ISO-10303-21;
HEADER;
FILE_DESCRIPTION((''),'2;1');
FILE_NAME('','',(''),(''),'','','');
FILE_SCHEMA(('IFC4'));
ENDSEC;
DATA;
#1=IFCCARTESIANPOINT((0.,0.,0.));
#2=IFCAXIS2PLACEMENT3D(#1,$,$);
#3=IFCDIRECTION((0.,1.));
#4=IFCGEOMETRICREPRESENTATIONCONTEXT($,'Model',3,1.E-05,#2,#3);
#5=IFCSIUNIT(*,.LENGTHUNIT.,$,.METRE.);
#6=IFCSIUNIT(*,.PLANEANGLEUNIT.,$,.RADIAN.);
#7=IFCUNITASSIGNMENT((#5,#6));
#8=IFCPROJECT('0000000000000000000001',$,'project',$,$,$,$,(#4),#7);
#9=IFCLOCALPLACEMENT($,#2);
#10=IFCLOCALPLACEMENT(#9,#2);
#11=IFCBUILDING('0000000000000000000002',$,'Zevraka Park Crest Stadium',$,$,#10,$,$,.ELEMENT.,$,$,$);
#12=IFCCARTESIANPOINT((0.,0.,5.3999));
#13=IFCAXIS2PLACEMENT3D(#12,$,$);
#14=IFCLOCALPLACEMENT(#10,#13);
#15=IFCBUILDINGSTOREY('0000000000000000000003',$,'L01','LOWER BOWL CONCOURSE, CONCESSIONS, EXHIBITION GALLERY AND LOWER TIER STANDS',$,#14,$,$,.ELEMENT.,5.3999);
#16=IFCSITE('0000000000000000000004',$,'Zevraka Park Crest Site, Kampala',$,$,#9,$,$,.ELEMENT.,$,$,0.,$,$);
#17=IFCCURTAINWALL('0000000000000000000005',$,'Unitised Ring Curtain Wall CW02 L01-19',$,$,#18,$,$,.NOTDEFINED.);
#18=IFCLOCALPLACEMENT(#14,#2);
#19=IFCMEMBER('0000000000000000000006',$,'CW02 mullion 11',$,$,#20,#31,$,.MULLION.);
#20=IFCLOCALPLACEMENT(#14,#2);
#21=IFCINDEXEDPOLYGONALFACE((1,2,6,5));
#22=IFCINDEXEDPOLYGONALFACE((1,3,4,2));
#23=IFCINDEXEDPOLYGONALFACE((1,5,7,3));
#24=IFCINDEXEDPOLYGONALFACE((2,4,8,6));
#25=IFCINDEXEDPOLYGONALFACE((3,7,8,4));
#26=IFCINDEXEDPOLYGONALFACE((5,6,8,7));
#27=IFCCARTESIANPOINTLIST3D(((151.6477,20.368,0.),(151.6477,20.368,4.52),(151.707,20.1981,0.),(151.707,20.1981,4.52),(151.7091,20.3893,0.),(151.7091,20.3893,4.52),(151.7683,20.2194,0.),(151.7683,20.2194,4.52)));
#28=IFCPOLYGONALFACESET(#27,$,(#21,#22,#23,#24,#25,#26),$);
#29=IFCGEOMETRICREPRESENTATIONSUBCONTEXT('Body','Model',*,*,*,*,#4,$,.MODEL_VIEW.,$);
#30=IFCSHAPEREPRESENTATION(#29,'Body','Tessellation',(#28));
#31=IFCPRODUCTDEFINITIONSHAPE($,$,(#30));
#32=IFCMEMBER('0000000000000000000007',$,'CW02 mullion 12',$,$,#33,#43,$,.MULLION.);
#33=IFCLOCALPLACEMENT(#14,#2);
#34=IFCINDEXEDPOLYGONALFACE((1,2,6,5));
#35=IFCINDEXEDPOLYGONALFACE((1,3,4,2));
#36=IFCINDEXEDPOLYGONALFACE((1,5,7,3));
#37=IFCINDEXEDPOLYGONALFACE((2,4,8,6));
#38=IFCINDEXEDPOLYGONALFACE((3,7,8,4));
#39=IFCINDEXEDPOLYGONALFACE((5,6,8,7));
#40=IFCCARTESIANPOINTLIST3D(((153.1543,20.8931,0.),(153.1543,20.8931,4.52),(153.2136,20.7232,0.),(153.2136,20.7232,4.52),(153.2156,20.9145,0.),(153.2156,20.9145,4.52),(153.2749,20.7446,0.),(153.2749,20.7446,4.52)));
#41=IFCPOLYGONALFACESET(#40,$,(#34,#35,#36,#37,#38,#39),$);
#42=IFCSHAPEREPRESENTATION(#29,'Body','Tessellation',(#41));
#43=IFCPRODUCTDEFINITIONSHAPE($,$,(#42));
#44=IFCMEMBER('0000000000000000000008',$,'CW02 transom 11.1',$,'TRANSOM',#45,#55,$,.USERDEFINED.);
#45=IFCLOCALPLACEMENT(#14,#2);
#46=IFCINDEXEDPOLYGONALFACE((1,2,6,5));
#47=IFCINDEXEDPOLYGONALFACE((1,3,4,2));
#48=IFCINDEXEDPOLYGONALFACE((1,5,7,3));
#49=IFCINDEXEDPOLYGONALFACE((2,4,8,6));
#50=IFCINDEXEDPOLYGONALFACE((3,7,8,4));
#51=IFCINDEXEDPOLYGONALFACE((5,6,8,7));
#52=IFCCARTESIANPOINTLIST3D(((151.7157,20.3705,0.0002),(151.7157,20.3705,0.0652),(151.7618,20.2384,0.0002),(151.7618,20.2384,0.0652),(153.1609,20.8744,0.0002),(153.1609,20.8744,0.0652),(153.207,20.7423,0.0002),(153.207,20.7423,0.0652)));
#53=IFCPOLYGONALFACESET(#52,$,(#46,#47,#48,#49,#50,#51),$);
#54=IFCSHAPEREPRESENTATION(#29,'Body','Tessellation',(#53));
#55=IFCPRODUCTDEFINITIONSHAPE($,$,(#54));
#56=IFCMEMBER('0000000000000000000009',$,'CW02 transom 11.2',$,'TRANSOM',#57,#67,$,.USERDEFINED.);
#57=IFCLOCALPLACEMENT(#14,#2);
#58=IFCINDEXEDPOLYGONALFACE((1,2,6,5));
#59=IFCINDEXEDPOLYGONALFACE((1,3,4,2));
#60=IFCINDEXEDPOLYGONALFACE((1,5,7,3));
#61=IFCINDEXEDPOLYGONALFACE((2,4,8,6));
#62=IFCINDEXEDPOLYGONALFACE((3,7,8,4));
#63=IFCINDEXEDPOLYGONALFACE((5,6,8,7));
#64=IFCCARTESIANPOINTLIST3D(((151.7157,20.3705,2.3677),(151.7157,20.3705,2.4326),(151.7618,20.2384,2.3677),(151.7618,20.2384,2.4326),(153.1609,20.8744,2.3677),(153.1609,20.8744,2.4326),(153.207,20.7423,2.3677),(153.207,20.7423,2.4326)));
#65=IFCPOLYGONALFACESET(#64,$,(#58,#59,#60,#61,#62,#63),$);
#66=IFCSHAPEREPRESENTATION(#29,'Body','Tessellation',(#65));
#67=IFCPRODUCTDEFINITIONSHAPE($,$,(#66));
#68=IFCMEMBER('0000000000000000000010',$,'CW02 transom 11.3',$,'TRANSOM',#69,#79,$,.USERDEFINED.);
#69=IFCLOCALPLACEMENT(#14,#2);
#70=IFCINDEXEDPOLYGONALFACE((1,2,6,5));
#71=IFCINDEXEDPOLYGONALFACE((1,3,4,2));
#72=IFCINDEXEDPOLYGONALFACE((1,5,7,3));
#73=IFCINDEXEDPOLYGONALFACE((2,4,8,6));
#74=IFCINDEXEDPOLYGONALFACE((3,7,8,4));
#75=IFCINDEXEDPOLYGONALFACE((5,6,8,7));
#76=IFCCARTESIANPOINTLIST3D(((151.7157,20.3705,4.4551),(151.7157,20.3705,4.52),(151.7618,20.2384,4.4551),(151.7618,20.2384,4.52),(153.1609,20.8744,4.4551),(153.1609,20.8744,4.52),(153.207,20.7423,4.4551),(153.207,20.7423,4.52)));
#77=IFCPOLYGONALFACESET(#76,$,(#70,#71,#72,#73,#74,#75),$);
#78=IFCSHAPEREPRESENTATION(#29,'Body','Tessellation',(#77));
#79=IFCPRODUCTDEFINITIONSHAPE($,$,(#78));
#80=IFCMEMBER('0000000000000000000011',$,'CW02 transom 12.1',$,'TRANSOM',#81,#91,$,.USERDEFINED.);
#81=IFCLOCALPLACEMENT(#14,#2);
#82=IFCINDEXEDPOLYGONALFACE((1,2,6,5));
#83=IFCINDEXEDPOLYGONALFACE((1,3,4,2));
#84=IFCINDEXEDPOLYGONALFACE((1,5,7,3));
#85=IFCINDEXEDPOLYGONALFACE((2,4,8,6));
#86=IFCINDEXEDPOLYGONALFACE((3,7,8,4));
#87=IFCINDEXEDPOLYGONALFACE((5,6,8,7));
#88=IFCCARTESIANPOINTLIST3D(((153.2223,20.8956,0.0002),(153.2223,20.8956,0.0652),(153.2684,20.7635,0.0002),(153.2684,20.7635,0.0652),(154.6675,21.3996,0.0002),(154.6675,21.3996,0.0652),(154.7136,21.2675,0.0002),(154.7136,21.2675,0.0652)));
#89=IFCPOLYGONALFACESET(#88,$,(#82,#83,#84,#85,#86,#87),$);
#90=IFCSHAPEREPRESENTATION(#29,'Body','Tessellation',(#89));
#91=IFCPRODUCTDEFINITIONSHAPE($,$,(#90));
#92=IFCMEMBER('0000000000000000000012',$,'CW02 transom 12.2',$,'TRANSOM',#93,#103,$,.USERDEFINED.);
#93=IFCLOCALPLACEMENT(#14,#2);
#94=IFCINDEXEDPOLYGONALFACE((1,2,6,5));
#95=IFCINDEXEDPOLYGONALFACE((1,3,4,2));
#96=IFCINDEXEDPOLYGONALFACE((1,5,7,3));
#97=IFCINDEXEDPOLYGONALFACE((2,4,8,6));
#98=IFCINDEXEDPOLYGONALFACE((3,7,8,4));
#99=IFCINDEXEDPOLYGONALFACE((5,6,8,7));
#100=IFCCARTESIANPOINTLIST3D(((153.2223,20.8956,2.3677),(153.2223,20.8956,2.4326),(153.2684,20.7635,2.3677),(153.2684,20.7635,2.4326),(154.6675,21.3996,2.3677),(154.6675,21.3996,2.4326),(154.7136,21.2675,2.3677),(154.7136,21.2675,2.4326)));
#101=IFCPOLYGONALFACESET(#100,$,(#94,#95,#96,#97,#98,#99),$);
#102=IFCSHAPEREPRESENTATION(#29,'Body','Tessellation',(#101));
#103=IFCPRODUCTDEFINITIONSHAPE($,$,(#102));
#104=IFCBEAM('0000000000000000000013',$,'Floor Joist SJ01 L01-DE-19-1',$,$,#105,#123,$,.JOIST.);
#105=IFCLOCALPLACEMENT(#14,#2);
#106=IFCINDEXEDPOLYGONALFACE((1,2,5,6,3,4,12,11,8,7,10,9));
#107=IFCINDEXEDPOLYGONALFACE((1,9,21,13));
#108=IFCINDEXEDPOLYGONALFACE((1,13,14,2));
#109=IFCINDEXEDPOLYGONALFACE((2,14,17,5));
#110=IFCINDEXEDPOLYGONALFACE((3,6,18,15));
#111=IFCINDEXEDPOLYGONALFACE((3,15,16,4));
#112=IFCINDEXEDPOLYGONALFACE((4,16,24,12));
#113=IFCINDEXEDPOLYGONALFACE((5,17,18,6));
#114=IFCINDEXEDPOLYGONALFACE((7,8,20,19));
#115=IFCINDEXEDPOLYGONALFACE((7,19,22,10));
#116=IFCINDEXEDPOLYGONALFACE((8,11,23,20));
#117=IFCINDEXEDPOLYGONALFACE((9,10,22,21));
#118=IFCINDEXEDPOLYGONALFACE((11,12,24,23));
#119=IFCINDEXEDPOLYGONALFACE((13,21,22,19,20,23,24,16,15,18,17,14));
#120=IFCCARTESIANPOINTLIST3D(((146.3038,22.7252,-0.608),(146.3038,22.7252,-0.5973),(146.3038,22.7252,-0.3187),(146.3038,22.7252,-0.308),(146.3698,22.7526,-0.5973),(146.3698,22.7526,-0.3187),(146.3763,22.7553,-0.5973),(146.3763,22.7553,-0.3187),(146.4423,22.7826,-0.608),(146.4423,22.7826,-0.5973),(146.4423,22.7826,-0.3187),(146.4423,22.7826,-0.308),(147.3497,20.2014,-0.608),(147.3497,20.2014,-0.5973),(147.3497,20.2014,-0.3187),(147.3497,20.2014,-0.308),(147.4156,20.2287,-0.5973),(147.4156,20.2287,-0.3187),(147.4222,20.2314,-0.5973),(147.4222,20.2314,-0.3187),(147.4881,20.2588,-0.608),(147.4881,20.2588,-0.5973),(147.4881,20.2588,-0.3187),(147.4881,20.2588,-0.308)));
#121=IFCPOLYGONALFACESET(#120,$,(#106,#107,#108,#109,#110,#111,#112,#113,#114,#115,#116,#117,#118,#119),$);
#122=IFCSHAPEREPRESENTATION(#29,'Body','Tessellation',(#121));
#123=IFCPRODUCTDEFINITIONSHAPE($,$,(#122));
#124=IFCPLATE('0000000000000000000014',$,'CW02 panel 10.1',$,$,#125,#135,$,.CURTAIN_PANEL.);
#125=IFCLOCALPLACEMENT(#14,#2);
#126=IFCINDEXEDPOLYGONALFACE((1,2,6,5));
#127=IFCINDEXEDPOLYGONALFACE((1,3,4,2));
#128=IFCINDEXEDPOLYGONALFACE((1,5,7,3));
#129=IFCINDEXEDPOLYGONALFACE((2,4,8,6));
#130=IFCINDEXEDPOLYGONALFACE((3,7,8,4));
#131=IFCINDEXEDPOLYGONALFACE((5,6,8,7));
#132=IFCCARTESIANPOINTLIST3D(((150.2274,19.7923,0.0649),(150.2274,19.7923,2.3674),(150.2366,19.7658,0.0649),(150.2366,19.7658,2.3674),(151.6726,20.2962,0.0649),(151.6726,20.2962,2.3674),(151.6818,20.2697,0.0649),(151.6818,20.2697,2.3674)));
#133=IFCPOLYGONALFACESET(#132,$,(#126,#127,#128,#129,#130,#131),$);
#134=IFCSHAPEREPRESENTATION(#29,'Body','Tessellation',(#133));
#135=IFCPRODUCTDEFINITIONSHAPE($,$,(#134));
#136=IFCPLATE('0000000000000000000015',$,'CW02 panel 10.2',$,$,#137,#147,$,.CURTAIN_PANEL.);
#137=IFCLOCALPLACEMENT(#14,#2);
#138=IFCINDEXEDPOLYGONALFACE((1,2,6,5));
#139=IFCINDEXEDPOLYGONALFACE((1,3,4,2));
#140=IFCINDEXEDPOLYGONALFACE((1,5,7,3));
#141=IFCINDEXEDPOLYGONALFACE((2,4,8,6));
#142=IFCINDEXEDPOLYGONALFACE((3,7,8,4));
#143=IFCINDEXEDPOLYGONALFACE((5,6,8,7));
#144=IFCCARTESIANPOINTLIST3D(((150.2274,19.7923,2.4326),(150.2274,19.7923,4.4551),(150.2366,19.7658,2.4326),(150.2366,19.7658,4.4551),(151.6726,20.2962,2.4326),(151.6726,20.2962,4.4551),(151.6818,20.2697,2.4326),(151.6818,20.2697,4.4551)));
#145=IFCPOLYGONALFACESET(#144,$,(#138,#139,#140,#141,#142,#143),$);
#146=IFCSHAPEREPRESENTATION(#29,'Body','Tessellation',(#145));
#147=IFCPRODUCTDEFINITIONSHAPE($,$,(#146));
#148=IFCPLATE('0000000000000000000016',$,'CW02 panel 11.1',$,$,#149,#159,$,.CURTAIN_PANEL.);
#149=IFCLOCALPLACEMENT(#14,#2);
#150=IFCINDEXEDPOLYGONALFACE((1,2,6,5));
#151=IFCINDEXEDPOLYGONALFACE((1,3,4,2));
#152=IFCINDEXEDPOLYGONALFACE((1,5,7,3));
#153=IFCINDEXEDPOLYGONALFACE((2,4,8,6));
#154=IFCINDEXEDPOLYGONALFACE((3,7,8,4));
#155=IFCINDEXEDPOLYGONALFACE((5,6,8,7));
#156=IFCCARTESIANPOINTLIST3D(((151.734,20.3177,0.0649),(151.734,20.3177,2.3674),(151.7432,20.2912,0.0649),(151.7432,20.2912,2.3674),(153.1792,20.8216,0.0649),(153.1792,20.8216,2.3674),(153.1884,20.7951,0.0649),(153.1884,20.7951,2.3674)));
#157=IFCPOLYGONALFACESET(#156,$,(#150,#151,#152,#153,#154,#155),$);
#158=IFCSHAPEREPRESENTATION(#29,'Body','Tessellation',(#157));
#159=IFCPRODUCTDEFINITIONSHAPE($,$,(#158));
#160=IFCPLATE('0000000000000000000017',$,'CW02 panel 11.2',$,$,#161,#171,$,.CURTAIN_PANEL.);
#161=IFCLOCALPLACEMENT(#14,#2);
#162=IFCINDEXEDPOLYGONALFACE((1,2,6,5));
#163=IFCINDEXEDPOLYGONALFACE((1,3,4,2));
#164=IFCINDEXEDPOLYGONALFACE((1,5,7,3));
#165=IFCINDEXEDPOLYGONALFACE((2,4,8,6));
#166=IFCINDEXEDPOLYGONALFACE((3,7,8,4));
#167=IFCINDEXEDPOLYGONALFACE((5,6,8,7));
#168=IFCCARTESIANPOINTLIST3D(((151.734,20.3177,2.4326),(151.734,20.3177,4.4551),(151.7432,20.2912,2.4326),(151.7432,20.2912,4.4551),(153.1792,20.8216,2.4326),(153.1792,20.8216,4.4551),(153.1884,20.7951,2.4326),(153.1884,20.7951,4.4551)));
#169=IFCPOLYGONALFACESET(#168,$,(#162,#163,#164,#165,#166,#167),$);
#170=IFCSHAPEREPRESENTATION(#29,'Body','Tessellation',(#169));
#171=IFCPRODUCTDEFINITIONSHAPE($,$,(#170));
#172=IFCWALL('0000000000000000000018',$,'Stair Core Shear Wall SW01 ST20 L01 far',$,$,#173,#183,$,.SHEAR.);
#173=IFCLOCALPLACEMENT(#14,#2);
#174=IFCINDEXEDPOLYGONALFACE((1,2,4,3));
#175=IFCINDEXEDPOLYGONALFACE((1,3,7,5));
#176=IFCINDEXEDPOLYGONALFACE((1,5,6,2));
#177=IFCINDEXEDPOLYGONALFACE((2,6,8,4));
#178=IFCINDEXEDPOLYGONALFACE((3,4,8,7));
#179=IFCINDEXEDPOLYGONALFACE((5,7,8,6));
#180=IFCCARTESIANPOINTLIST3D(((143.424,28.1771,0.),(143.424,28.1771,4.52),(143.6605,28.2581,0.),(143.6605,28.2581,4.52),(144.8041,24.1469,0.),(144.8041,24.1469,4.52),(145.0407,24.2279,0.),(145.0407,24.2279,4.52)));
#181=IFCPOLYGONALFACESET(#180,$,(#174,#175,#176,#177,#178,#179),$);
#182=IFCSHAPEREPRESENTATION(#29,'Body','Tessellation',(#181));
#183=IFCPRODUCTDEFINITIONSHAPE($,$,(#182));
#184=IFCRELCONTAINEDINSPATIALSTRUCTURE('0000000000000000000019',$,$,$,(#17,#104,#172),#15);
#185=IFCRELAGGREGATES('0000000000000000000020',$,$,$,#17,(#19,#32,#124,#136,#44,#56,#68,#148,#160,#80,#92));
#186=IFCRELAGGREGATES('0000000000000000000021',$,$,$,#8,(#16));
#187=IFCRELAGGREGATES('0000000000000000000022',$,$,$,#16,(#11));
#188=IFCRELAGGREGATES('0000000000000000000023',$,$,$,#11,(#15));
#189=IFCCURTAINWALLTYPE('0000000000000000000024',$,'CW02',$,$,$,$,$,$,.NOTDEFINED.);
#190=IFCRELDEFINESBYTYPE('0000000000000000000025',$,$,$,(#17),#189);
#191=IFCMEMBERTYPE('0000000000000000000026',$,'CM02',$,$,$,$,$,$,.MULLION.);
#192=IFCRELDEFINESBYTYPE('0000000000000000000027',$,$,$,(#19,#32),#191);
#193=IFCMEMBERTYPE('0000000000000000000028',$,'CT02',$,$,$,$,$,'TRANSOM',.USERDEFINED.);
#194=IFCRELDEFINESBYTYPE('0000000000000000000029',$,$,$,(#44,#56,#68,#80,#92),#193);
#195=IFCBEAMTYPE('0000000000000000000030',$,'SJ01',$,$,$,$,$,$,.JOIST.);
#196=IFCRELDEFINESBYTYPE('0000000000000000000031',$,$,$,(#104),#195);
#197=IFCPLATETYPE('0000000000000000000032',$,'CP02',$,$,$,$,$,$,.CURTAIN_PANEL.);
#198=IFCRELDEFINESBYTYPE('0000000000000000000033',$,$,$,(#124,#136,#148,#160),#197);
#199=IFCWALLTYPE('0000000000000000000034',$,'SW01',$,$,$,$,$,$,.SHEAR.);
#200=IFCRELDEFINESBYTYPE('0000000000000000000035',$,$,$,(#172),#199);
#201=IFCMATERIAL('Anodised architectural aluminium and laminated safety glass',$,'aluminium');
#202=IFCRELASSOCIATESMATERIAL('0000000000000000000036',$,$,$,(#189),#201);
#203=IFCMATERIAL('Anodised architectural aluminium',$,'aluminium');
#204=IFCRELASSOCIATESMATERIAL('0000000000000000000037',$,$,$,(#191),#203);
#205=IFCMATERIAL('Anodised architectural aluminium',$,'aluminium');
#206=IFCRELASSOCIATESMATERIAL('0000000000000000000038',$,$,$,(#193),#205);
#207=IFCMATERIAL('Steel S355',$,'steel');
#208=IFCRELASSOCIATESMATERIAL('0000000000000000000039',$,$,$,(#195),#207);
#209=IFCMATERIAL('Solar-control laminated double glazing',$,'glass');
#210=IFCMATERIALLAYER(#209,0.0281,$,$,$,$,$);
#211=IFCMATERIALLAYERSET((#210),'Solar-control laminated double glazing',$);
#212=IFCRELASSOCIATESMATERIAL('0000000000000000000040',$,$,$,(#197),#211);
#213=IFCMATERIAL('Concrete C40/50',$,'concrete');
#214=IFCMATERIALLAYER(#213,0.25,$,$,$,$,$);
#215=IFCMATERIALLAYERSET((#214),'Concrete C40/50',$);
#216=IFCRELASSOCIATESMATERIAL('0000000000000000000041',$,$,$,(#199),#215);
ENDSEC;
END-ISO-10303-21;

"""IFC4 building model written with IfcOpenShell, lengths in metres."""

from ifc_helpers import new_model, si_unit, direction, frame, frame_2d, origin, origin_2d, place, context, subcontext, project, spatial, rectangle, i_section, extrude, material, layer, layer_set, material_profile, profile_set, type_object, element, aggregate, save


model = new_model("IFC4")

# Units and contexts
model_context = context("Model", 3, precision=1e-05, world=origin(), true_north=direction((0.0, 1.0)))
body_context = subcontext(model_context, "Body", "Model", "MODEL_VIEW")
ifc_project = project(units=[si_unit("LENGTHUNIT", "METRE"), si_unit("PLANEANGLEUNIT", "RADIAN")], contexts=[model_context])

# Site, building, storey
site_placement = place(None, origin())
site = spatial("IfcSite", under=ifc_project, at=site_placement, Name="Zevraka Park Crest Site, Kampala", CompositionType="ELEMENT", RefElevation=0.0)
building_placement = place(site_placement, origin())
building = spatial("IfcBuilding", under=site, at=building_placement, Name="Zevraka Park Crest Stadium", CompositionType="ELEMENT")
storey_placement = place(building_placement, frame((0.0, 0.0, 5.3999)))
storey = spatial("IfcBuildingStorey", under=building, at=storey_placement, Name="L01", Description="LOWER BOWL CONCOURSE, CONCESSIONS, EXHIBITION GALLERY AND LOWER TIER STANDS", CompositionType="ELEMENT", Elevation=5.3999)

# Curtain wall, members
ifc_material_1 = material(Name="Anodised architectural aluminium and laminated safety glass", Category="aluminium")
curtain_wall_type = type_object("IfcCurtainWallType", Name="CW02", PredefinedType="NOTDEFINED", material=ifc_material_1)
curtain_wall_placement = place(storey_placement, origin())
curtain_wall = element("IfcCurtainWall", 1, at=curtain_wall_placement, inside=storey, type_object=curtain_wall_type, Name="Unitised Ring Curtain Wall CW02 L01-19", PredefinedType="NOTDEFINED")
ifc_material_2 = material(Name="Anodised architectural aluminium", Category="aluminium")
ifc_material_profile_1 = material_profile(ifc_material_2, rectangle(XDim=0.1799, YDim=0.0649, at=origin_2d()), Name="ALU MULLION 180x65")
ifc_profile_set_1 = profile_set([ifc_material_profile_1], Name="Anodised architectural aluminium")
member_type_1 = type_object("IfcMemberType", Name="CM02", PredefinedType="MULLION", material=ifc_profile_set_1)
member_1_placement = place(storey_placement, frame((151.708, 20.2937, 0.0), z_axis=(0.0, 0.0, 1.0), x_axis=(-0.329209, 0.944257, 0.0)))
member_1 = element("IfcMember", 2, at=member_1_placement, type_object=member_type_1, Name="CW02 mullion 11", PredefinedType="MULLION", context=body_context, shape_type="SweptSolid", body=[
    extrude(rectangle(XDim=0.1799, YDim=0.0649, at=origin_2d()), origin(), (0.0, 0.0, 1.0), 4.52),
])
member_2_placement = place(storey_placement, frame((153.2146, 20.8188, 0.0), z_axis=(0.0, 0.0, 1.0), x_axis=(-0.329209, 0.944257, 0.0)))
member_2 = element("IfcMember", 3, at=member_2_placement, type_object=member_type_1, Name="CW02 mullion 12", PredefinedType="MULLION", context=body_context, shape_type="SweptSolid", body=[
    extrude(rectangle(XDim=0.1799, YDim=0.0649, at=origin_2d()), origin(), (0.0, 0.0, 1.0), 4.52),
])
ifc_material_3 = material(Name="Anodised architectural aluminium", Category="aluminium")
ifc_material_profile_2 = material_profile(ifc_material_3, rectangle(XDim=0.1399, YDim=0.0649, at=origin_2d()), Name="ALU TRANSOM 140x65")
ifc_profile_set_2 = profile_set([ifc_material_profile_2], Name="Anodised architectural aluminium")
member_type_2 = type_object("IfcMemberType", Name="CT02", ElementType="TRANSOM", PredefinedType="USERDEFINED", material=ifc_profile_set_2)
member_3_placement = place(storey_placement, frame((151.7388, 20.3044, 0.0327), z_axis=(0.944238, 0.329263, 0.0), x_axis=(-0.329263, 0.944238, 0.0)))
member_3 = element("IfcMember", 4, at=member_3_placement, type_object=member_type_2, Name="CW02 transom 11.1", ObjectType="TRANSOM", PredefinedType="USERDEFINED", context=body_context, shape_type="SweptSolid", body=[
    extrude(rectangle(XDim=0.1399, YDim=0.0649, at=origin_2d()), origin(), (0.0, 0.0, 1.0), 1.5305),
])
member_4_placement = place(storey_placement, frame((151.7388, 20.3044, 2.4001), z_axis=(0.944238, 0.329263, 0.0), x_axis=(-0.329263, 0.944238, 0.0)))
member_4 = element("IfcMember", 5, at=member_4_placement, type_object=member_type_2, Name="CW02 transom 11.2", ObjectType="TRANSOM", PredefinedType="USERDEFINED", context=body_context, shape_type="SweptSolid", body=[
    extrude(rectangle(XDim=0.1399, YDim=0.0649, at=origin_2d()), origin(), (0.0, 0.0, 1.0), 1.5305),
])
member_5_placement = place(storey_placement, frame((151.7388, 20.3044, 4.4875), z_axis=(0.944238, 0.329263, 0.0), x_axis=(-0.329263, 0.944238, 0.0)))
member_5 = element("IfcMember", 6, at=member_5_placement, type_object=member_type_2, Name="CW02 transom 11.3", ObjectType="TRANSOM", PredefinedType="USERDEFINED", context=body_context, shape_type="SweptSolid", body=[
    extrude(rectangle(XDim=0.1399, YDim=0.0649, at=origin_2d()), origin(), (0.0, 0.0, 1.0), 1.5305),
])
member_6_placement = place(storey_placement, frame((153.2454, 20.8296, 0.0327), z_axis=(0.944238, 0.329263, 0.0), x_axis=(-0.329263, 0.944238, 0.0)))
member_6 = element("IfcMember", 7, at=member_6_placement, type_object=member_type_2, Name="CW02 transom 12.1", ObjectType="TRANSOM", PredefinedType="USERDEFINED", context=body_context, shape_type="SweptSolid", body=[
    extrude(rectangle(XDim=0.1399, YDim=0.0649, at=origin_2d()), origin(), (0.0, 0.0, 1.0), 1.5305),
])
member_7_placement = place(storey_placement, frame((153.2454, 20.8296, 2.4001), z_axis=(0.944238, 0.329263, 0.0), x_axis=(-0.329263, 0.944238, 0.0)))
member_7 = element("IfcMember", 8, at=member_7_placement, type_object=member_type_2, Name="CW02 transom 12.2", ObjectType="TRANSOM", PredefinedType="USERDEFINED", context=body_context, shape_type="SweptSolid", body=[
    extrude(rectangle(XDim=0.1399, YDim=0.0649, at=origin_2d()), origin(), (0.0, 0.0, 1.0), 1.5305),
])

# Beam
ifc_material_4 = material(Name="Steel S355", Category="steel")
ifc_material_profile_3 = material_profile(ifc_material_4, i_section(OverallWidth=0.1499, OverallDepth=0.3, WebThickness=0.0071, FlangeThickness=0.0107, at=origin_2d()), Name="IPE 300")
ifc_profile_set_3 = profile_set([ifc_material_profile_3], Name="Steel S355")
beam_type = type_object("IfcBeamType", Name="SJ01", PredefinedType="JOIST", material=ifc_profile_set_3)
beam_placement = place(storey_placement, frame((146.373, 22.7539, -0.458), z_axis=(0.382825, -0.923821, 0.0), x_axis=(0.923821, 0.382825, 0.0)))
element("IfcBeam", 9, at=beam_placement, inside=storey, type_object=beam_type, Name="Floor Joist SJ01 L01-DE-19-1", PredefinedType="JOIST", context=body_context, shape_type="SweptSolid", body=[
    extrude(i_section(OverallWidth=0.1499, OverallDepth=0.3, WebThickness=0.0071, FlangeThickness=0.0107, at=origin_2d()), origin(), (0.0, 0.0, 1.0), 2.7319),
])

# Plates
ifc_material_5 = material(Name="Solar-control laminated double glazing", Category="glass")
ifc_layer_1 = layer(ifc_material_5, 0.0281)
ifc_layer_set_1 = layer_set([ifc_layer_1], Name="Solar-control laminated double glazing")
plate_type = type_object("IfcPlateType", Name="CP02", PredefinedType="CURTAIN_PANEL", material=ifc_layer_set_1)
plate_1_placement = place(storey_placement, frame((150.9546, 20.031, 0.0649), z_axis=(0.0, 0.0, 1.0), x_axis=(0.944257, 0.329209, 0.0)))
plate_1 = element("IfcPlate", 10, at=plate_1_placement, type_object=plate_type, Name="CW02 panel 10.1", PredefinedType="CURTAIN_PANEL", context=body_context, shape_type="SweptSolid", body=[
    extrude(rectangle(XDim=1.5305, YDim=0.0281, at=origin_2d()), origin(), (0.0, 0.0, 1.0), 2.3025),
])
plate_2_placement = place(storey_placement, frame((150.9546, 20.031, 2.4326), z_axis=(0.0, 0.0, 1.0), x_axis=(0.944257, 0.329209, 0.0)))
plate_2 = element("IfcPlate", 11, at=plate_2_placement, type_object=plate_type, Name="CW02 panel 10.2", PredefinedType="CURTAIN_PANEL", context=body_context, shape_type="SweptSolid", body=[
    extrude(rectangle(XDim=1.5305, YDim=0.0281, at=origin_2d()), origin(), (0.0, 0.0, 1.0), 2.0225),
])
plate_3_placement = place(storey_placement, frame((152.4612, 20.5564, 0.0649), z_axis=(0.0, 0.0, 1.0), x_axis=(0.944257, 0.329209, 0.0)))
plate_3 = element("IfcPlate", 12, at=plate_3_placement, type_object=plate_type, Name="CW02 panel 11.1", PredefinedType="CURTAIN_PANEL", context=body_context, shape_type="SweptSolid", body=[
    extrude(rectangle(XDim=1.5305, YDim=0.0281, at=origin_2d()), origin(), (0.0, 0.0, 1.0), 2.3025),
])
plate_4_placement = place(storey_placement, frame((152.4612, 20.5564, 2.4326), z_axis=(0.0, 0.0, 1.0), x_axis=(0.944257, 0.329209, 0.0)))
plate_4 = element("IfcPlate", 13, at=plate_4_placement, type_object=plate_type, Name="CW02 panel 11.2", PredefinedType="CURTAIN_PANEL", context=body_context, shape_type="SweptSolid", body=[
    extrude(rectangle(XDim=1.5305, YDim=0.0281, at=origin_2d()), origin(), (0.0, 0.0, 1.0), 2.0225),
])
aggregate(curtain_wall, [member_1, member_2, plate_1, plate_2, member_3, member_4, member_5, plate_3, plate_4, member_6, member_7])

# Wall
ifc_material_6 = material(Name="Concrete C40/50", Category="concrete")
ifc_layer_2 = layer(ifc_material_6, 0.25)
ifc_layer_set_2 = layer_set([ifc_layer_2], Name="Concrete C40/50")
wall_type = type_object("IfcWallType", Name="SW01", PredefinedType="SHEAR", material=ifc_layer_set_2)
wall_1_placement = place(storey_placement, frame((144.9224, 24.1875, 0.0), z_axis=(0.0, 0.0, 1.0), x_axis=(-0.323971, 0.946067, 0.0)))
element("IfcWall", 14, at=wall_1_placement, inside=storey, type_object=wall_type, Name="Stair Core Shear Wall SW01 ST20 L01 far", PredefinedType="SHEAR", context=body_context, shape_type="SweptSolid", body=[
    extrude(rectangle(XDim=4.26, YDim=0.25, at=frame_2d((2.1299, 0.0))), origin(), (0.0, 0.0, 1.0), 4.52),
])

save(model, "model.ifc")
